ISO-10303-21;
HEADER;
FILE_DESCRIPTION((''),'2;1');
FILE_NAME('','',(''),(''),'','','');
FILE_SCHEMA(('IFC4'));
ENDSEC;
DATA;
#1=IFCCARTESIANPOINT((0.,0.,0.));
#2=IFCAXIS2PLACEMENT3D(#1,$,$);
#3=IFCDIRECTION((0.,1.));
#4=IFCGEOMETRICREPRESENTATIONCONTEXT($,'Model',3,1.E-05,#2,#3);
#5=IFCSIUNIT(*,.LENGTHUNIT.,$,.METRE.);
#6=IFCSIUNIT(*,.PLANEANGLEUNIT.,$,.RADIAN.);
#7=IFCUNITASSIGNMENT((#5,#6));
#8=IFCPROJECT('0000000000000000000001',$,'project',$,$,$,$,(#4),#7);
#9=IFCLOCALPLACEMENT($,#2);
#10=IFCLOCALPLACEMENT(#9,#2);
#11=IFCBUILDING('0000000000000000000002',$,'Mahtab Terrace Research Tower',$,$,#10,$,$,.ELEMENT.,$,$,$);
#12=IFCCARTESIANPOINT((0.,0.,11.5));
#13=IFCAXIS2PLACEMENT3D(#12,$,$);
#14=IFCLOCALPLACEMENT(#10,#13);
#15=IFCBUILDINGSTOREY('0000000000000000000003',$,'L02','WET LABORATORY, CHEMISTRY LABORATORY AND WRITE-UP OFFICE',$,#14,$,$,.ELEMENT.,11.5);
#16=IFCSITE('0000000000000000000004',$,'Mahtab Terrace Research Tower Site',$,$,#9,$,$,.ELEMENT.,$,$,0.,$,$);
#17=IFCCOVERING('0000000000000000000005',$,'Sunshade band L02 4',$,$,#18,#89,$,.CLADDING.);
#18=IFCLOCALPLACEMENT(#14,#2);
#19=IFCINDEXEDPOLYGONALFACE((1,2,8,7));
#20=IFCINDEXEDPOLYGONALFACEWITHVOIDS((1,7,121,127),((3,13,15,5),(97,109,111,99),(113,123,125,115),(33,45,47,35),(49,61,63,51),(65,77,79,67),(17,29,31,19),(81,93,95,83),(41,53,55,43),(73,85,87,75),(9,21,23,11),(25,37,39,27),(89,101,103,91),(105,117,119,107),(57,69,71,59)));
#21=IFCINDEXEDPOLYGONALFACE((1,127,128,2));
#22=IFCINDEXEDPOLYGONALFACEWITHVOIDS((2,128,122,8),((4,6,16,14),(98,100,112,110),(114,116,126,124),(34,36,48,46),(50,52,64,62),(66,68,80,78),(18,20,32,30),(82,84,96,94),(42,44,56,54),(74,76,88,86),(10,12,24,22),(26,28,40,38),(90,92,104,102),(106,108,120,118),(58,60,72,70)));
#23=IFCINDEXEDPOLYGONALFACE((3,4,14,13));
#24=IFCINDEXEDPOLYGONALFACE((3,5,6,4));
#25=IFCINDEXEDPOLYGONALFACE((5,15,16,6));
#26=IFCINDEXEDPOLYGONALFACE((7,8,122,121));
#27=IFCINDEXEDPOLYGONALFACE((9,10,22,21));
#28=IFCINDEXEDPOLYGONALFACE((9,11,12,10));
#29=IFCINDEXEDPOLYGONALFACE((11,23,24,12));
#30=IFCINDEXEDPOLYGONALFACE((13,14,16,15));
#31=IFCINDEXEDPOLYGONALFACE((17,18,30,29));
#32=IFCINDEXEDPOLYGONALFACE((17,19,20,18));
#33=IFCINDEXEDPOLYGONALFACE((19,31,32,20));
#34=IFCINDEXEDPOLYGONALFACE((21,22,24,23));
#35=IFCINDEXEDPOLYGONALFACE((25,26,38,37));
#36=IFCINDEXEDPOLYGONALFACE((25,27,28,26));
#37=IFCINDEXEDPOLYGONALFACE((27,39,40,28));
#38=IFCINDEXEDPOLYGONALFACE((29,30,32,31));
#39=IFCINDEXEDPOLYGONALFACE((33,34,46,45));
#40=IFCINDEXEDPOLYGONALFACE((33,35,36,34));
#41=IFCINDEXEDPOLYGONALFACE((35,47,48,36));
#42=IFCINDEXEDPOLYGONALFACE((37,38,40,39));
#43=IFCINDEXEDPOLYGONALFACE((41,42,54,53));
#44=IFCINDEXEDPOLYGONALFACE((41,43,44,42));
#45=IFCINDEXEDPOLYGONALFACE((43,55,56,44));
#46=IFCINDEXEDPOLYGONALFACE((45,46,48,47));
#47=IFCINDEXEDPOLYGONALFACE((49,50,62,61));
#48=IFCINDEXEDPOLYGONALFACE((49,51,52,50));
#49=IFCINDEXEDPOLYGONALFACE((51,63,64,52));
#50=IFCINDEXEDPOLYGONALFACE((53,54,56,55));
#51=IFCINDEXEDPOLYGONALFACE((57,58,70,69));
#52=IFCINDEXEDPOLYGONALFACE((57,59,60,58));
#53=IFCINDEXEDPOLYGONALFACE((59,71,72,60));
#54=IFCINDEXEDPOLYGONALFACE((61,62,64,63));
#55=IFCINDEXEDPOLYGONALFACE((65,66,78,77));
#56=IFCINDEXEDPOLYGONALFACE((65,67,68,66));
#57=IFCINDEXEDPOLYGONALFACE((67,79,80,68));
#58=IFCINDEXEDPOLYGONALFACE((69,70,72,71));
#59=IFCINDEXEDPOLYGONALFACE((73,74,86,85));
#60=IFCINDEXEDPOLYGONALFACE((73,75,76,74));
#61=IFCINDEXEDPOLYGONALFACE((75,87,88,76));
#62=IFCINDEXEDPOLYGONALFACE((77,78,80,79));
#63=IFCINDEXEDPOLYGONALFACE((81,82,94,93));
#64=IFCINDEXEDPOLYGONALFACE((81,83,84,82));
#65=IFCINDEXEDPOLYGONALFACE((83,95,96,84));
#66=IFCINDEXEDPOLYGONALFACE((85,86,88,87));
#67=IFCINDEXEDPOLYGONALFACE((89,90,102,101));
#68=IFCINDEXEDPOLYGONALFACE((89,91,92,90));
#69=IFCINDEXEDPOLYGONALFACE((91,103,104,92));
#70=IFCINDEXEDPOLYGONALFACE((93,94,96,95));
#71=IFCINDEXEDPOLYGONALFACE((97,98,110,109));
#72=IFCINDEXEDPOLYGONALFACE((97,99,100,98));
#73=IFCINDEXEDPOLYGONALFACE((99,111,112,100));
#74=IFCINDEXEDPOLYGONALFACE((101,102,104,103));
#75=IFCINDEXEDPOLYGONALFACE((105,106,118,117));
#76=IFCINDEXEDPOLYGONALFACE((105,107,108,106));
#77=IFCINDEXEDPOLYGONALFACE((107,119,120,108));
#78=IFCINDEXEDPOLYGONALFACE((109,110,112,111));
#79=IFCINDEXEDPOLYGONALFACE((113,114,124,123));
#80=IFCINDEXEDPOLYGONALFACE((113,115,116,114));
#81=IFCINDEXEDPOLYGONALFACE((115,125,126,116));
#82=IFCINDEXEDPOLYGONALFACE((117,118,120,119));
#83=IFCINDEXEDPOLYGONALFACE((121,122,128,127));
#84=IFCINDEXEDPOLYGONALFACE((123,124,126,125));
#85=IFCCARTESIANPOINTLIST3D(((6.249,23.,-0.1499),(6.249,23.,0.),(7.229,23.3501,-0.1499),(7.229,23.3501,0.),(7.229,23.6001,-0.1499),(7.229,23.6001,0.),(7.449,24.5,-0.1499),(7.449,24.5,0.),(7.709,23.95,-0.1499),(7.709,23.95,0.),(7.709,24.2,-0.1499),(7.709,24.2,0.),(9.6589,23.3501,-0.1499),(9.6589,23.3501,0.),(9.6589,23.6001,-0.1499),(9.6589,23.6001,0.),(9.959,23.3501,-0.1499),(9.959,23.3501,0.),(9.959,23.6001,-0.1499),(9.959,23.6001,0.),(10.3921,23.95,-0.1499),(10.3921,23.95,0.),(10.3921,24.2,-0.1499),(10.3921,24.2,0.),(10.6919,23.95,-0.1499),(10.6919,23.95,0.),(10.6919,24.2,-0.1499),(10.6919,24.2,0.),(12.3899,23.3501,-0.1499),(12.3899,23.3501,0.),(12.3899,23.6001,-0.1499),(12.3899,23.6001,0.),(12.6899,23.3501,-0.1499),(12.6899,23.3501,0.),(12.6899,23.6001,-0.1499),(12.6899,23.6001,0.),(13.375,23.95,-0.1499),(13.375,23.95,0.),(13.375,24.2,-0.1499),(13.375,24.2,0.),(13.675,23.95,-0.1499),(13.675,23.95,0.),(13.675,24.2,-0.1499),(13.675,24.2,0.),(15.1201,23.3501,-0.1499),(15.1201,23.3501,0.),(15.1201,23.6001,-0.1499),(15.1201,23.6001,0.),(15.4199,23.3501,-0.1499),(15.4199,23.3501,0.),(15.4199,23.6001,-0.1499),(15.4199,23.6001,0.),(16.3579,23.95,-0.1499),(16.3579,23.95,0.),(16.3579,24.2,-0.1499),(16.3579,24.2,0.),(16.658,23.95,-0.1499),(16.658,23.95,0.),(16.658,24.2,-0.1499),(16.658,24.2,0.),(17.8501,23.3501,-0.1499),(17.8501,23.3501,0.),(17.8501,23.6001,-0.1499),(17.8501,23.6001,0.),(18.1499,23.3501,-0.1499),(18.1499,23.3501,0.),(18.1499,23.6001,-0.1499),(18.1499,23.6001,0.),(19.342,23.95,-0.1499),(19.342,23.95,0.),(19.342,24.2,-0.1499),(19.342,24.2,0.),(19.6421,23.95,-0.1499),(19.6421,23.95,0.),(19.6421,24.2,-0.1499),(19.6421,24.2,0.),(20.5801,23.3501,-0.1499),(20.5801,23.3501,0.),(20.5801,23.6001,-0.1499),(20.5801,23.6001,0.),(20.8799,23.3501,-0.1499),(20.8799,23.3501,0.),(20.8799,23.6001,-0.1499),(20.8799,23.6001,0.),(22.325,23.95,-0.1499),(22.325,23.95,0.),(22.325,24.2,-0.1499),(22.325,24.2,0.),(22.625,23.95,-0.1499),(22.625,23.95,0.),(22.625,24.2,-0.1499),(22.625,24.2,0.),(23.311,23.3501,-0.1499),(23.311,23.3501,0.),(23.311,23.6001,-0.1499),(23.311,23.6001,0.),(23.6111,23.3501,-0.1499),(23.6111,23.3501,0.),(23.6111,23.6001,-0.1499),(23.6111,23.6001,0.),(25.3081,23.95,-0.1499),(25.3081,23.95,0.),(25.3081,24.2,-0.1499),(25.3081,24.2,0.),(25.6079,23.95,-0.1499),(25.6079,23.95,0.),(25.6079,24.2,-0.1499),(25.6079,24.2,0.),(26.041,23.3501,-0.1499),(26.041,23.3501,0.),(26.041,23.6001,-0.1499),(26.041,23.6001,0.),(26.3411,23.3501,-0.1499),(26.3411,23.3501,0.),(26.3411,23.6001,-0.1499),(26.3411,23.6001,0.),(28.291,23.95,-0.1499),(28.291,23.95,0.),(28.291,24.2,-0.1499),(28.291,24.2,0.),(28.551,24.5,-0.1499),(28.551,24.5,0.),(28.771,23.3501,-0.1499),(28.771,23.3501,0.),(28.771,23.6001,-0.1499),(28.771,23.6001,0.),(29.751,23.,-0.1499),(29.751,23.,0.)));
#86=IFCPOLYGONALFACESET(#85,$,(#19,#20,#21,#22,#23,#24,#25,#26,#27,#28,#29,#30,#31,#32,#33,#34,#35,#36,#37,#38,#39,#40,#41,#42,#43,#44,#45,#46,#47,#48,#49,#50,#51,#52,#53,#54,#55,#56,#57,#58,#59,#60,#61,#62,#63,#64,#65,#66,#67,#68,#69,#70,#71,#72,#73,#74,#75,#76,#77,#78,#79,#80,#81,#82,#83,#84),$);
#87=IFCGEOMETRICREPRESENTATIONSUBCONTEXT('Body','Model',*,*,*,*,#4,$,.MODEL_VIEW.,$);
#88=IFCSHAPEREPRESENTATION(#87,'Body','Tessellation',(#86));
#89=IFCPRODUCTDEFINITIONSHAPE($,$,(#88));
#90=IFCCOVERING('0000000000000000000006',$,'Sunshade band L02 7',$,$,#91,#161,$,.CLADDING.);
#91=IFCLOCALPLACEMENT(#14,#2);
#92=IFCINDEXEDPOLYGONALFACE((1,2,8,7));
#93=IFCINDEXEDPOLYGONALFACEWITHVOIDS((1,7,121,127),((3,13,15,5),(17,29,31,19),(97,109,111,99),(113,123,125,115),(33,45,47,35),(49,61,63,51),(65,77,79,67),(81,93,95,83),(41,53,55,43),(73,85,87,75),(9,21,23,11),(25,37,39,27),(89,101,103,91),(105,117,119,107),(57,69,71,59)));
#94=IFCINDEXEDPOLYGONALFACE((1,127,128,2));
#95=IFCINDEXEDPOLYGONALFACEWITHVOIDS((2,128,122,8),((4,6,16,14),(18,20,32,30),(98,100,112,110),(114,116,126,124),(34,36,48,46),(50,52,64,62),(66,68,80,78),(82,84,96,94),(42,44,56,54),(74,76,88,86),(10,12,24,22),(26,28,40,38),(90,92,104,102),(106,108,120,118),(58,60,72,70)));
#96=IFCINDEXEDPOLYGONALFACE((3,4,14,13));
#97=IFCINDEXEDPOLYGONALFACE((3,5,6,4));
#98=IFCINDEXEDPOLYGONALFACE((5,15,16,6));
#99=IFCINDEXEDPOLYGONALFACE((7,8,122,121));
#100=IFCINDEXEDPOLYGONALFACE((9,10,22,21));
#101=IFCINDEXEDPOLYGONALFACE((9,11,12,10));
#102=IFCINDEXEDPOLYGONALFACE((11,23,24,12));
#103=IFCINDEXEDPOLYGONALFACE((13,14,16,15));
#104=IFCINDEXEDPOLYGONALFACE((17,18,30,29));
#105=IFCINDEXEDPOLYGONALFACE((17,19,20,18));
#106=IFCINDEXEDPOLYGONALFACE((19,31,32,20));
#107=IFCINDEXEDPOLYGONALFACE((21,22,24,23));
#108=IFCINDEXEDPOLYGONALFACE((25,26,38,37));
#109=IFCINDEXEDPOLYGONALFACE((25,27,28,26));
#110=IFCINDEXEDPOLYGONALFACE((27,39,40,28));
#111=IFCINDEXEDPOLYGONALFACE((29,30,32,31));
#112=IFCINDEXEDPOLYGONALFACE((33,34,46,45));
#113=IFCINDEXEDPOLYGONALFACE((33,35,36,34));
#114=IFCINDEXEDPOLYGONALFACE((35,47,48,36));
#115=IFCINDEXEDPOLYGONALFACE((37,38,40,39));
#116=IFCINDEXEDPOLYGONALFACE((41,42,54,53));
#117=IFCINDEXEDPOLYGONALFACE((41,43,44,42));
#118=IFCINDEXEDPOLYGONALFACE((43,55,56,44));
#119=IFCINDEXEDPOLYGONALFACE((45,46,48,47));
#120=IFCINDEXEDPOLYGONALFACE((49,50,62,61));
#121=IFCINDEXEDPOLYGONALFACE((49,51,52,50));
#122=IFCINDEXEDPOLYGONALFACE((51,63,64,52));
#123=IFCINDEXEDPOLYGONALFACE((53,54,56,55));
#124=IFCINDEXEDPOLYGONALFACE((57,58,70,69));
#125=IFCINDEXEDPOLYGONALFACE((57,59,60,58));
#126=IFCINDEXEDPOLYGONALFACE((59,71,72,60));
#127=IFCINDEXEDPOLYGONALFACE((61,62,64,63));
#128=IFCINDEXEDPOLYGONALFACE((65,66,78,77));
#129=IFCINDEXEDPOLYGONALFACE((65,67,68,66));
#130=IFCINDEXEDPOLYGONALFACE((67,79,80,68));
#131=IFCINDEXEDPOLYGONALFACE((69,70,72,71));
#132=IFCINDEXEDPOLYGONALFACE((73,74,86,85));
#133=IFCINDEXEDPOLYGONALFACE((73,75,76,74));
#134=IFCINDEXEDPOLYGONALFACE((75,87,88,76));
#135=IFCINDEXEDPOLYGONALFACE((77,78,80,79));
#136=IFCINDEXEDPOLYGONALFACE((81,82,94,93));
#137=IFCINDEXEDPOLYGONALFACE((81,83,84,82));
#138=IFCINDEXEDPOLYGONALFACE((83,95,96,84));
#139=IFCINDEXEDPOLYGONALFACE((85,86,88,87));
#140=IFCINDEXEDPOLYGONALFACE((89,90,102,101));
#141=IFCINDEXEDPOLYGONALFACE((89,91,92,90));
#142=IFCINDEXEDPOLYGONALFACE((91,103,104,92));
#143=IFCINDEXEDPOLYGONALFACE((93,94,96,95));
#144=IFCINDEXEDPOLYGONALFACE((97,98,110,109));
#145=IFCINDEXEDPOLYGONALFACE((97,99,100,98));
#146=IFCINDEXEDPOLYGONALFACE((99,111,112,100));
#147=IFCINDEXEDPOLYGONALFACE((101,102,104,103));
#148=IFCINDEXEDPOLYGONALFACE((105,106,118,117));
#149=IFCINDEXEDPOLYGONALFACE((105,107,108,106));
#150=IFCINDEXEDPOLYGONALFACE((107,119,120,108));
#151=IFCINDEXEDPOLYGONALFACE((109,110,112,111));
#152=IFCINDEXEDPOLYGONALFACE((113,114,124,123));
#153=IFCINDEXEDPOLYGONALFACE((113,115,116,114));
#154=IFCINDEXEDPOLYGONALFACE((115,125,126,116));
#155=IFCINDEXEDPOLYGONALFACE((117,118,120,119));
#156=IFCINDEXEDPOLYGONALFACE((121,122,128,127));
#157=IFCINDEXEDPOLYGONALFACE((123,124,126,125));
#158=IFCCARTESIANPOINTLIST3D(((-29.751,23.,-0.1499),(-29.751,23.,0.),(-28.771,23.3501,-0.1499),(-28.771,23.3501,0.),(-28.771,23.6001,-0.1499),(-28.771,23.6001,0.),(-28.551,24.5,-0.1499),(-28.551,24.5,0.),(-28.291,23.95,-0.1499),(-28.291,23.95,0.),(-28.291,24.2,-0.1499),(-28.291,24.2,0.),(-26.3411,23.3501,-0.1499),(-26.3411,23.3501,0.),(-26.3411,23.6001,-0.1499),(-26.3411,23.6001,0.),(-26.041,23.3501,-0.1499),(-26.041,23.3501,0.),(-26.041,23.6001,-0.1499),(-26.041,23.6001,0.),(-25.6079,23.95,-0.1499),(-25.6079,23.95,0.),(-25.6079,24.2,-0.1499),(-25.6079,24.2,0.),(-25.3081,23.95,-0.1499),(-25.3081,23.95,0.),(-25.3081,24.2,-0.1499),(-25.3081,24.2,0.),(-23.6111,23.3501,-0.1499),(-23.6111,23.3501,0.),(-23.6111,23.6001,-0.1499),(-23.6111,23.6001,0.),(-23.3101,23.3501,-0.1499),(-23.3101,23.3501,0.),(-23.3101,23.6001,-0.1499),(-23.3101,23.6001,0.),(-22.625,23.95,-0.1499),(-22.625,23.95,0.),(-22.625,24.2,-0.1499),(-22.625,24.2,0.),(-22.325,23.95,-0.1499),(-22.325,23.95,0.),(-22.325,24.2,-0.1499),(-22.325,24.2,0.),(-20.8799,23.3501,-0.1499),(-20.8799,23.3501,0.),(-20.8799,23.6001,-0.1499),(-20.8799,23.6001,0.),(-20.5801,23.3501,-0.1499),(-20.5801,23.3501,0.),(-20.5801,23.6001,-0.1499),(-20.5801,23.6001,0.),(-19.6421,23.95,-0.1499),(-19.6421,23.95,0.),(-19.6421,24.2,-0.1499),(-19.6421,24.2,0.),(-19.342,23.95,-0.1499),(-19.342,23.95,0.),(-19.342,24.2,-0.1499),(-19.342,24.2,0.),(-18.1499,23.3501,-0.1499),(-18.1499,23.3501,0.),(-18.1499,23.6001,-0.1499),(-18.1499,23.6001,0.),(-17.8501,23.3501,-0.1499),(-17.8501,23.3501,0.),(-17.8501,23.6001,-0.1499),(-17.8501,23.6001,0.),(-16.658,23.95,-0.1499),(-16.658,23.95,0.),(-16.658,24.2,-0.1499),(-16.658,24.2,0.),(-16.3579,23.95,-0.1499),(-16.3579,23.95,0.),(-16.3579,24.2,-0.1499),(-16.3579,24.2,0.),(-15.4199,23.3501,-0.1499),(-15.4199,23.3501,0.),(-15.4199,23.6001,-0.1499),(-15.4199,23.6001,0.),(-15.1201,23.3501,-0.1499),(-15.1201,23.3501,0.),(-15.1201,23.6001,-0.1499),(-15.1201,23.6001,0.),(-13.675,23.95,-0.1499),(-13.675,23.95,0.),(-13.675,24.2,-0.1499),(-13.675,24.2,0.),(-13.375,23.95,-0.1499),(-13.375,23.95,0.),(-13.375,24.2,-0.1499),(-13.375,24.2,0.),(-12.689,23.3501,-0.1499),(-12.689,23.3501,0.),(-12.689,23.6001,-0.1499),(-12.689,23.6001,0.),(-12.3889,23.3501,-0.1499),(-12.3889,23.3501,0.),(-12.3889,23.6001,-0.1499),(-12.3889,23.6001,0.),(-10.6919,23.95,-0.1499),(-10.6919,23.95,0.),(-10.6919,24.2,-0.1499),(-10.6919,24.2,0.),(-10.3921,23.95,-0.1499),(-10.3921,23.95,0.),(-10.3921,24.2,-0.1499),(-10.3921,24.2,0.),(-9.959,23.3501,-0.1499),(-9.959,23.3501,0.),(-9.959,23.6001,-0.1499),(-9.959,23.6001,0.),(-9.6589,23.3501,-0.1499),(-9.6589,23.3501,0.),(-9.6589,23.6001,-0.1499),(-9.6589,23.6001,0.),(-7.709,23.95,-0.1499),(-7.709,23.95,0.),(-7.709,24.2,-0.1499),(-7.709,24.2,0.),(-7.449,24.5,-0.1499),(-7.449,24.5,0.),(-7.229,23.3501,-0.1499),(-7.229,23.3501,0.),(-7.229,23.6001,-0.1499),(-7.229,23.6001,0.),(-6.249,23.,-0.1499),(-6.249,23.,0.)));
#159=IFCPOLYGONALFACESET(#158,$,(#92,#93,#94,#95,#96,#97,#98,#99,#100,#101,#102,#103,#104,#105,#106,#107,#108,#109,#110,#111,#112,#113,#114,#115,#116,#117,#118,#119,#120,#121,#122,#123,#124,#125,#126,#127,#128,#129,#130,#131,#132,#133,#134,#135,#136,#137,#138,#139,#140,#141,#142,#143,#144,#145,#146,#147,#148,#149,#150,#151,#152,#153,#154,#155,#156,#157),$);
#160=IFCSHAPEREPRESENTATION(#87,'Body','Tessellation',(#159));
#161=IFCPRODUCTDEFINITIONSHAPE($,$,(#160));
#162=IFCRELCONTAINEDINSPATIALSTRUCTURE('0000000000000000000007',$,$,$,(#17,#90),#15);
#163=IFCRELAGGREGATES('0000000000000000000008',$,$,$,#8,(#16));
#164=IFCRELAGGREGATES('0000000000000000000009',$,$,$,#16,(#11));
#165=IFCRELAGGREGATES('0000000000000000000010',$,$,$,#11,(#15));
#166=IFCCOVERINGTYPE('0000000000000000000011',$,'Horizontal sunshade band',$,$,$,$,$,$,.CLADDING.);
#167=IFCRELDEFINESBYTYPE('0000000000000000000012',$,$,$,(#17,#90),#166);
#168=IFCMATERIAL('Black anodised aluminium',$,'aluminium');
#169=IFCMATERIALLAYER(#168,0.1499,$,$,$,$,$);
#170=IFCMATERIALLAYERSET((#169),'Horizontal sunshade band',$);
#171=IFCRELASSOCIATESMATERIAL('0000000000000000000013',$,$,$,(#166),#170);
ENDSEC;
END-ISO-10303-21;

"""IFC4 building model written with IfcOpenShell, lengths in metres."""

from ifc_helpers import new_model, si_unit, direction, frame, origin, place, context, subcontext, project, spatial, polyline, outline, extrude, material, layer, layer_set, type_object, element, save


model = new_model("IFC4")

# Units and contexts
model_context = context("Model", 3, precision=1e-05, world=origin(), true_north=direction((0.0, 1.0)))
body_context = subcontext(model_context, "Body", "Model", "MODEL_VIEW")
ifc_project = project(units=[si_unit("LENGTHUNIT", "METRE"), si_unit("PLANEANGLEUNIT", "RADIAN")], contexts=[model_context])

# Site, building, storey
site_placement = place(None, origin())
site = spatial("IfcSite", under=ifc_project, at=site_placement, Name="Mahtab Terrace Research Tower Site", CompositionType="ELEMENT", RefElevation=0.0)
building_placement = place(site_placement, origin())
building = spatial("IfcBuilding", under=site, at=building_placement, Name="Mahtab Terrace Research Tower", CompositionType="ELEMENT")
storey_placement = place(building_placement, frame((0.0, 0.0, 11.5)))
storey = spatial("IfcBuildingStorey", under=building, at=storey_placement, Name="L02", Description="WET LABORATORY, CHEMISTRY LABORATORY AND WRITE-UP OFFICE", CompositionType="ELEMENT", Elevation=11.5)

# Coverings
ifc_material_1 = material(Name="Black anodised aluminium", Category="aluminium")
ifc_layer_1 = layer(ifc_material_1, 0.1499)
ifc_layer_set_1 = layer_set([ifc_layer_1], Name="Horizontal sunshade band")
covering_type_1 = type_object("IfcCoveringType", Name="Horizontal sunshade band", PredefinedType="CLADDING", material=ifc_layer_set_1)
covering_1_placement = place(storey_placement, frame((0.0, 0.0, -0.1499)))
element("IfcCovering", 1, at=covering_1_placement, inside=storey, type_object=covering_type_1, Name="Sunshade band L02 4", PredefinedType="CLADDING", context=body_context, shape_type="SweptSolid", body=[
    extrude(outline(polyline([(29.751, 23.0), (6.249, 23.0), (7.449, 24.5), (28.551, 24.5), (29.751, 23.0)]), holes=[polyline([(28.771, 23.3501), (26.3411, 23.3501), (26.3411, 23.6001), (28.771, 23.6001), (28.771, 23.3501)]), polyline([(26.041, 23.3501), (23.6111, 23.3501), (23.6111, 23.6001), (26.041, 23.6001), (26.041, 23.3501)]), polyline([(23.311, 23.3501), (20.8799, 23.3501), (20.8799, 23.6001), (23.311, 23.6001), (23.311, 23.3501)]), polyline([(20.5801, 23.3501), (18.1499, 23.3501), (18.1499, 23.6001), (20.5801, 23.6001), (20.5801, 23.3501)]), polyline([(17.8501, 23.3501), (15.4199, 23.3501), (15.4199, 23.6001), (17.8501, 23.6001), (17.8501, 23.3501)]), polyline([(15.1201, 23.3501), (12.6899, 23.3501), (12.6899, 23.6001), (15.1201, 23.6001), (15.1201, 23.3501)]), polyline([(12.3899, 23.3501), (9.959, 23.3501), (9.959, 23.6001), (12.3899, 23.6001), (12.3899, 23.3501)]), polyline([(9.6589, 23.3501), (7.229, 23.3501), (7.229, 23.6001), (9.6589, 23.6001), (9.6589, 23.3501)]), polyline([(28.291, 23.95), (25.6079, 23.95), (25.6079, 24.2), (28.291, 24.2), (28.291, 23.95)]), polyline([(25.3081, 23.95), (22.625, 23.95), (22.625, 24.2), (25.3081, 24.2), (25.3081, 23.95)]), polyline([(22.325, 23.95), (19.6421, 23.95), (19.6421, 24.2), (22.325, 24.2), (22.325, 23.95)]), polyline([(19.342, 23.95), (16.658, 23.95), (16.658, 24.2), (19.342, 24.2), (19.342, 23.95)]), polyline([(16.3579, 23.95), (13.675, 23.95), (13.675, 24.2), (16.3579, 24.2), (16.3579, 23.95)]), polyline([(13.375, 23.95), (10.6919, 23.95), (10.6919, 24.2), (13.375, 24.2), (13.375, 23.95)]), polyline([(10.3921, 23.95), (7.709, 23.95), (7.709, 24.2), (10.3921, 24.2), (10.3921, 23.95)])]), origin(), (0.0, 0.0, 1.0), 0.1499),
])
covering_2_placement = place(storey_placement, frame((0.0, 0.0, -0.1499)))
element("IfcCovering", 2, at=covering_2_placement, inside=storey, type_object=covering_type_1, Name="Sunshade band L02 7", PredefinedType="CLADDING", context=body_context, shape_type="SweptSolid", body=[
    extrude(outline(polyline([(-6.249, 23.0), (-29.751, 23.0), (-28.551, 24.5), (-7.449, 24.5), (-6.249, 23.0)]), holes=[polyline([(-7.229, 23.3501), (-9.6589, 23.3501), (-9.6589, 23.6001), (-7.229, 23.6001), (-7.229, 23.3501)]), polyline([(-9.959, 23.3501), (-12.3889, 23.3501), (-12.3889, 23.6001), (-9.959, 23.6001), (-9.959, 23.3501)]), polyline([(-12.689, 23.3501), (-15.1201, 23.3501), (-15.1201, 23.6001), (-12.689, 23.6001), (-12.689, 23.3501)]), polyline([(-15.4199, 23.3501), (-17.8501, 23.3501), (-17.8501, 23.6001), (-15.4199, 23.6001), (-15.4199, 23.3501)]), polyline([(-18.1499, 23.3501), (-20.5801, 23.3501), (-20.5801, 23.6001), (-18.1499, 23.6001), (-18.1499, 23.3501)]), polyline([(-20.8799, 23.3501), (-23.3101, 23.3501), (-23.3101, 23.6001), (-20.8799, 23.6001), (-20.8799, 23.3501)]), polyline([(-23.6111, 23.3501), (-26.041, 23.3501), (-26.041, 23.6001), (-23.6111, 23.6001), (-23.6111, 23.3501)]), polyline([(-26.3411, 23.3501), (-28.771, 23.3501), (-28.771, 23.6001), (-26.3411, 23.6001), (-26.3411, 23.3501)]), polyline([(-7.709, 23.95), (-10.3921, 23.95), (-10.3921, 24.2), (-7.709, 24.2), (-7.709, 23.95)]), polyline([(-10.6919, 23.95), (-13.375, 23.95), (-13.375, 24.2), (-10.6919, 24.2), (-10.6919, 23.95)]), polyline([(-13.675, 23.95), (-16.3579, 23.95), (-16.3579, 24.2), (-13.675, 24.2), (-13.675, 23.95)]), polyline([(-16.658, 23.95), (-19.342, 23.95), (-19.342, 24.2), (-16.658, 24.2), (-16.658, 23.95)]), polyline([(-19.6421, 23.95), (-22.325, 23.95), (-22.325, 24.2), (-19.6421, 24.2), (-19.6421, 23.95)]), polyline([(-22.625, 23.95), (-25.3081, 23.95), (-25.3081, 24.2), (-22.625, 24.2), (-22.625, 23.95)]), polyline([(-25.6079, 23.95), (-28.291, 23.95), (-28.291, 24.2), (-25.6079, 24.2), (-25.6079, 23.95)])]), origin(), (0.0, 0.0, 1.0), 0.1499),
])

save(model, "model.ifc")
